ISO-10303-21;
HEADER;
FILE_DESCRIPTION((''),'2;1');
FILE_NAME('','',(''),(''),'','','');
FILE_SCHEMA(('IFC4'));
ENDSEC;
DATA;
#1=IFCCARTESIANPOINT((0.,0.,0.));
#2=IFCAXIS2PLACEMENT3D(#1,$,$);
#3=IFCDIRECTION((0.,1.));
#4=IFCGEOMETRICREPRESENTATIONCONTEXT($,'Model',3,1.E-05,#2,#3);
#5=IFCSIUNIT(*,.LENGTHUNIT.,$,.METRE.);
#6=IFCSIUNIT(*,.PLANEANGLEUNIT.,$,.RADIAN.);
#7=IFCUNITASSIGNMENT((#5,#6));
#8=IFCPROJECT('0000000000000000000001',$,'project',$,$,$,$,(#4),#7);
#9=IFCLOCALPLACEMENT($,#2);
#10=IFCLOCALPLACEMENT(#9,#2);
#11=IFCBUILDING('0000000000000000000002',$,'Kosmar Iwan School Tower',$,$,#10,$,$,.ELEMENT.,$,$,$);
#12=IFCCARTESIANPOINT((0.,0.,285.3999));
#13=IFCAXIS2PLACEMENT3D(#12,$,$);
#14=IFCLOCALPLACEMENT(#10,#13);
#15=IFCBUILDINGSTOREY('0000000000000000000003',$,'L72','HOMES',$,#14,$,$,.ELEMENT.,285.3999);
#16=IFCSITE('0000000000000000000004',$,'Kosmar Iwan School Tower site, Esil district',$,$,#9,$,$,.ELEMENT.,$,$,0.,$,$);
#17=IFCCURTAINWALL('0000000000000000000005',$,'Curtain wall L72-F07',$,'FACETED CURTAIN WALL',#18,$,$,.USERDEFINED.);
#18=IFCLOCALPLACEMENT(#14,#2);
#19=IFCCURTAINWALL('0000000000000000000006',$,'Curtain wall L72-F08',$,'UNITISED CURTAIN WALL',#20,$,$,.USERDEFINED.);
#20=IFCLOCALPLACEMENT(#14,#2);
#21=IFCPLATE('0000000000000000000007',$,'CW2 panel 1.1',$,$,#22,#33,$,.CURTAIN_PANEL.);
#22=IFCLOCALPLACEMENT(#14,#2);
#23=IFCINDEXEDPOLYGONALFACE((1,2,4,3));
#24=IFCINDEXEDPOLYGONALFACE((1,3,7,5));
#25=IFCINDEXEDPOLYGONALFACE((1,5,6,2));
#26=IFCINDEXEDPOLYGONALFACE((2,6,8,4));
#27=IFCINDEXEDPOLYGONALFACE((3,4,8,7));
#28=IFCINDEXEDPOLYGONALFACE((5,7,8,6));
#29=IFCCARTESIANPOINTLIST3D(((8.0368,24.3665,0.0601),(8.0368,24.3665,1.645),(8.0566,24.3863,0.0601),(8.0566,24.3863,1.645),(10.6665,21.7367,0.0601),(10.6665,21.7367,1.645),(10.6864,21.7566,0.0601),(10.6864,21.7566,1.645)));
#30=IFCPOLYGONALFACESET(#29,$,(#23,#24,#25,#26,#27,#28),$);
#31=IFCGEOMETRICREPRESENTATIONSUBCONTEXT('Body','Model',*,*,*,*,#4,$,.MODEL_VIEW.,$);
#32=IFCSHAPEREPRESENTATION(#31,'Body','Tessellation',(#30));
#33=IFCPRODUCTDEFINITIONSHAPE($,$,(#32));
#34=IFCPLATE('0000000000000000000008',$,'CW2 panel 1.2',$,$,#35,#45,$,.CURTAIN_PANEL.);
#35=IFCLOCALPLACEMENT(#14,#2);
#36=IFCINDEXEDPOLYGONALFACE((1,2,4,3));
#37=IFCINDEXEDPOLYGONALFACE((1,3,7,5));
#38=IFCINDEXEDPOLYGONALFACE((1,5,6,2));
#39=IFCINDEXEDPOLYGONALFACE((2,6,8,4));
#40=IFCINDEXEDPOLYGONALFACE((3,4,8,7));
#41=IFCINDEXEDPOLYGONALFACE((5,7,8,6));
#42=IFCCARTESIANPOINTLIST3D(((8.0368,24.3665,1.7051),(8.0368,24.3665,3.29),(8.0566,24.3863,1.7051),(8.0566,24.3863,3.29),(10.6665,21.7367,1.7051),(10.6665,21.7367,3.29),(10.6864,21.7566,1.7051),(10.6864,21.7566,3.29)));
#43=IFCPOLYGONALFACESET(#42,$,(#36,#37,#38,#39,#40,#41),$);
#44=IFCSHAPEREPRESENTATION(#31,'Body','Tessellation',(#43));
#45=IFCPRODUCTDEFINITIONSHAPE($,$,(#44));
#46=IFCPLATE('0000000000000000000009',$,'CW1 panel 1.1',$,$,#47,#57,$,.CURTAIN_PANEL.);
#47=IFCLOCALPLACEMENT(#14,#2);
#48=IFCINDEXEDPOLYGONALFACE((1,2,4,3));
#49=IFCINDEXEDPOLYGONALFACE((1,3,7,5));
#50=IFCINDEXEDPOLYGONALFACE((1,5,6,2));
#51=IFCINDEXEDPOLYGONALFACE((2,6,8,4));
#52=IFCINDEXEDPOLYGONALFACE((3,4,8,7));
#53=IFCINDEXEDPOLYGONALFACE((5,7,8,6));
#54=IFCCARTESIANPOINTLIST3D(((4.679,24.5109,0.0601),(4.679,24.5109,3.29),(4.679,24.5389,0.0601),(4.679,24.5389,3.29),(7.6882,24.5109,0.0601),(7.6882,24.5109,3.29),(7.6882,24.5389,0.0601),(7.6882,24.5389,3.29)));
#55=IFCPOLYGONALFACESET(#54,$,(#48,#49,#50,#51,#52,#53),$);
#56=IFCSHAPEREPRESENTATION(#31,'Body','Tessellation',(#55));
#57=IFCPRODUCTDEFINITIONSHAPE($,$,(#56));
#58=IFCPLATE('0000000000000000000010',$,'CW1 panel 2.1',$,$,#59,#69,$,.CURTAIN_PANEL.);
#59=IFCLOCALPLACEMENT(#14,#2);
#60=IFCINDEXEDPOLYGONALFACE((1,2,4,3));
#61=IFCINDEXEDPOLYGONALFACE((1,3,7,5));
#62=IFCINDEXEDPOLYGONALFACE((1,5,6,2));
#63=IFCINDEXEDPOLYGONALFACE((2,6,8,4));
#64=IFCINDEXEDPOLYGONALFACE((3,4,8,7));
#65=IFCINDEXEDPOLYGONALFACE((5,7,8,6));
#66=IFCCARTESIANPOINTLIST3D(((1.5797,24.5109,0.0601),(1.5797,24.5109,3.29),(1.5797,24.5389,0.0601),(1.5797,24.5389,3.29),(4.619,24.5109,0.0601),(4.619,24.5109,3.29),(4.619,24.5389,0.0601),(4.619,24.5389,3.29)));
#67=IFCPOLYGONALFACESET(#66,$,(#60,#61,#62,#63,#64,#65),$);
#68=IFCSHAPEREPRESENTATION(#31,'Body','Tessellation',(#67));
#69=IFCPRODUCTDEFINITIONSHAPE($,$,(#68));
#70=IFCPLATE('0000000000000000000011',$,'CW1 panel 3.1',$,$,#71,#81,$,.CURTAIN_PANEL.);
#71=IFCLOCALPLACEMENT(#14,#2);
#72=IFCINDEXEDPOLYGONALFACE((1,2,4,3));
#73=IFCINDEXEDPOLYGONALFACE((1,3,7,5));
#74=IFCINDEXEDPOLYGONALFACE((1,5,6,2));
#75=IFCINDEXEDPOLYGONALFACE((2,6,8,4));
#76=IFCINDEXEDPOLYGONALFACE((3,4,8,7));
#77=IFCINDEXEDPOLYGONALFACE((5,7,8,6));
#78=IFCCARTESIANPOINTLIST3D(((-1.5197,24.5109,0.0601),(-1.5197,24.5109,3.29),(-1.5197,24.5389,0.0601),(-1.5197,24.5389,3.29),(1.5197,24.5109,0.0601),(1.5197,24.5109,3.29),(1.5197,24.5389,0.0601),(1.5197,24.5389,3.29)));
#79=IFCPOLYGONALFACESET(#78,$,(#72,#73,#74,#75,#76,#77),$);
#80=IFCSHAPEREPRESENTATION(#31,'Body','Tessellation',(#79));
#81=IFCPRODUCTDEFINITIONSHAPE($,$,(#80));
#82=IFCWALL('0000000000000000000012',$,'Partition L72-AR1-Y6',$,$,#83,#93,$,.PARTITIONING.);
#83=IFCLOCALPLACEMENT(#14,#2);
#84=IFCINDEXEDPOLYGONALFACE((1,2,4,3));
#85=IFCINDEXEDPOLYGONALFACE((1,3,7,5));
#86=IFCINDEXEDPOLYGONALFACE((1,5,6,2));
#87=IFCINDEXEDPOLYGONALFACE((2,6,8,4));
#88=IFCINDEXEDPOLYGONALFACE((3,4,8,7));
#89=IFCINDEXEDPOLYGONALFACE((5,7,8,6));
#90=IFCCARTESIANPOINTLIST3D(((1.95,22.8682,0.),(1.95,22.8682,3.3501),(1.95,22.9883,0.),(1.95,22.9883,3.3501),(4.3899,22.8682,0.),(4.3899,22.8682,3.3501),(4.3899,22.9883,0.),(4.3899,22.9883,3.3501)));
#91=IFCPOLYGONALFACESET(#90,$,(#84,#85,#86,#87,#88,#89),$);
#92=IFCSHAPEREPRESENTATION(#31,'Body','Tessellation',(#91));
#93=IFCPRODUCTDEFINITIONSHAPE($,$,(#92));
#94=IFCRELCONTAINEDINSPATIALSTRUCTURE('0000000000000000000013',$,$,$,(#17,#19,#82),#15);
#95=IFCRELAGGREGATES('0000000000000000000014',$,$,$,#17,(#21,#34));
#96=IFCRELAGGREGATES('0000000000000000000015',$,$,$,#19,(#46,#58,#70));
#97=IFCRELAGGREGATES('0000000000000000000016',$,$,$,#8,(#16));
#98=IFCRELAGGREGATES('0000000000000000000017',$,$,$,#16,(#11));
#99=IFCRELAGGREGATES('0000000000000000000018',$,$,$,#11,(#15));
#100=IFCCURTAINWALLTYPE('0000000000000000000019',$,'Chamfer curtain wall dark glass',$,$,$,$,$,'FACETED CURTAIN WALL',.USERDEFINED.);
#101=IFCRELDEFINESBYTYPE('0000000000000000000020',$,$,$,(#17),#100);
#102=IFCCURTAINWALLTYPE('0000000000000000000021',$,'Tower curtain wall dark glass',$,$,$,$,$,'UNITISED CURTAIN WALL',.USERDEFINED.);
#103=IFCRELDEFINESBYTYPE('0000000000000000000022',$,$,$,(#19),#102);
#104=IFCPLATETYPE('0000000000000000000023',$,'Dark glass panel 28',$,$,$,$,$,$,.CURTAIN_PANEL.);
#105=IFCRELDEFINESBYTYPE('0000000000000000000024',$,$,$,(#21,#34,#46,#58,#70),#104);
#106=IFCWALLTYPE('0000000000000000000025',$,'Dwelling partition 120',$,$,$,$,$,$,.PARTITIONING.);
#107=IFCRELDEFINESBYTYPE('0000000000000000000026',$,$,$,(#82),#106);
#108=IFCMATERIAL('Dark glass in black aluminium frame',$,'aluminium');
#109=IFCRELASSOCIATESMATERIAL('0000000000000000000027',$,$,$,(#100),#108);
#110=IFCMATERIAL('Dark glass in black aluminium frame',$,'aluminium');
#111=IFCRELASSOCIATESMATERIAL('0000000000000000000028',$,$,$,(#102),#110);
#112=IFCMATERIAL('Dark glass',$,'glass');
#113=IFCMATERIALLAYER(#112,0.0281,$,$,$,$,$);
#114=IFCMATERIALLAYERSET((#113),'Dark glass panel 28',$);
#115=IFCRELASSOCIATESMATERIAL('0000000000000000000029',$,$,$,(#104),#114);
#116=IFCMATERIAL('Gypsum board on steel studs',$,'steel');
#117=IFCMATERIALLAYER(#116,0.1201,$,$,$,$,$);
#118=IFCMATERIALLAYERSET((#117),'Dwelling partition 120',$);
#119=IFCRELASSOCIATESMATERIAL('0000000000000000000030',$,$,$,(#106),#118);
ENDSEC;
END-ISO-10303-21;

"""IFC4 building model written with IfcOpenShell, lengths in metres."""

from ifc_helpers import new_model, si_unit, direction, frame, frame_2d, origin, origin_2d, place, context, subcontext, project, spatial, rectangle, extrude, material, layer, layer_set, type_object, element, aggregate, save


model = new_model("IFC4")

# Units and contexts
model_context = context("Model", 3, precision=1e-05, world=origin(), true_north=direction((0.0, 1.0)))
body_context = subcontext(model_context, "Body", "Model", "MODEL_VIEW")
ifc_project = project(units=[si_unit("LENGTHUNIT", "METRE"), si_unit("PLANEANGLEUNIT", "RADIAN")], contexts=[model_context])

# Site, building, storey
site_placement = place(None, origin())
site = spatial("IfcSite", under=ifc_project, at=site_placement, Name="Kosmar Iwan School Tower site, Esil district", CompositionType="ELEMENT", RefElevation=0.0)
building_placement = place(site_placement, origin())
building = spatial("IfcBuilding", under=site, at=building_placement, Name="Kosmar Iwan School Tower", CompositionType="ELEMENT")
storey_placement = place(building_placement, frame((0.0, 0.0, 285.3999)))
storey = spatial("IfcBuildingStorey", under=building, at=storey_placement, Name="L72", Description="HOMES", CompositionType="ELEMENT", Elevation=285.3999)

# Curtain wall
ifc_material_1 = material(Name="Dark glass in black aluminium frame", Category="aluminium")
curtain_wall_type_1 = type_object("IfcCurtainWallType", Name="Chamfer curtain wall dark glass", ElementType="FACETED CURTAIN WALL", PredefinedType="USERDEFINED", material=ifc_material_1)
curtain_wall_1_placement = place(storey_placement, origin())
curtain_wall_1 = element("IfcCurtainWall", 1, at=curtain_wall_1_placement, inside=storey, type_object=curtain_wall_type_1, Name="Curtain wall L72-F07", ObjectType="FACETED CURTAIN WALL", PredefinedType="USERDEFINED")

# Curtain wall
ifc_material_2 = material(Name="Dark glass in black aluminium frame", Category="aluminium")
curtain_wall_type_2 = type_object("IfcCurtainWallType", Name="Tower curtain wall dark glass", ElementType="UNITISED CURTAIN WALL", PredefinedType="USERDEFINED", material=ifc_material_2)
curtain_wall_2_placement = place(storey_placement, origin())
curtain_wall_2 = element("IfcCurtainWall", 2, at=curtain_wall_2_placement, inside=storey, type_object=curtain_wall_type_2, Name="Curtain wall L72-F08", ObjectType="UNITISED CURTAIN WALL", PredefinedType="USERDEFINED")

# Plates
ifc_material_3 = material(Name="Dark glass", Category="glass")
ifc_layer_1 = layer(ifc_material_3, 0.0281)
ifc_layer_set_1 = layer_set([ifc_layer_1], Name="Dark glass panel 28")
plate_type = type_object("IfcPlateType", Name="Dark glass panel 28", PredefinedType="CURTAIN_PANEL", material=ifc_layer_set_1)
plate_1_placement = place(storey_placement, frame((9.3616, 23.0615, 0.0601), z_axis=(0.0, 0.0, 1.0), x_axis=(-0.707107, 0.707107, 0.0)))
plate_1 = element("IfcPlate", 3, at=plate_1_placement, type_object=plate_type, Name="CW2 panel 1.1", PredefinedType="CURTAIN_PANEL", context=body_context, shape_type="SweptSolid", body=[
    extrude(rectangle(XDim=3.719, YDim=0.0281, at=origin_2d()), origin(), (0.0, 0.0, 1.0), 1.585),
])
plate_2_placement = place(storey_placement, frame((9.3616, 23.0615, 1.7051), z_axis=(0.0, 0.0, 1.0), x_axis=(-0.707107, 0.707107, 0.0)))
plate_2 = element("IfcPlate", 4, at=plate_2_placement, type_object=plate_type, Name="CW2 panel 1.2", PredefinedType="CURTAIN_PANEL", context=body_context, shape_type="SweptSolid", body=[
    extrude(rectangle(XDim=3.719, YDim=0.0281, at=origin_2d()), origin(), (0.0, 0.0, 1.0), 1.585),
])
aggregate(curtain_wall_1, [plate_1, plate_2])
plate_3_placement = place(storey_placement, frame((6.1836, 24.5249, 0.0601), z_axis=(0.0, 0.0, 1.0), x_axis=(-1.0, 0.0, 0.0)))
plate_3 = element("IfcPlate", 5, at=plate_3_placement, type_object=plate_type, Name="CW1 panel 1.1", PredefinedType="CURTAIN_PANEL", context=body_context, shape_type="SweptSolid", body=[
    extrude(rectangle(XDim=3.0093, YDim=0.0281, at=origin_2d()), origin(), (0.0, 0.0, 1.0), 3.23),
])
plate_4_placement = place(storey_placement, frame((3.0994, 24.5249, 0.0601), z_axis=(0.0, 0.0, 1.0), x_axis=(-1.0, 0.0, 0.0)))
plate_4 = element("IfcPlate", 6, at=plate_4_placement, type_object=plate_type, Name="CW1 panel 2.1", PredefinedType="CURTAIN_PANEL", context=body_context, shape_type="SweptSolid", body=[
    extrude(rectangle(XDim=3.0393, YDim=0.0281, at=origin_2d()), origin(), (0.0, 0.0, 1.0), 3.23),
])
plate_5_placement = place(storey_placement, frame((0.0, 24.5249, 0.0601), z_axis=(0.0, 0.0, 1.0), x_axis=(-1.0, 0.0, 0.0)))
plate_5 = element("IfcPlate", 7, at=plate_5_placement, type_object=plate_type, Name="CW1 panel 3.1", PredefinedType="CURTAIN_PANEL", context=body_context, shape_type="SweptSolid", body=[
    extrude(rectangle(XDim=3.0393, YDim=0.0281, at=origin_2d()), origin(), (0.0, 0.0, 1.0), 3.23),
])
aggregate(curtain_wall_2, [plate_3, plate_4, plate_5])

# Wall
ifc_material_4 = material(Name="Gypsum board on steel studs", Category="steel")
ifc_layer_2 = layer(ifc_material_4, 0.1201)
ifc_layer_set_2 = layer_set([ifc_layer_2], Name="Dwelling partition 120")
wall_type = type_object("IfcWallType", Name="Dwelling partition 120", PredefinedType="PARTITIONING", material=ifc_layer_set_2)
wall_placement = place(storey_placement, frame((1.95, 22.9282, 0.0), z_axis=(0.0, 0.0, 1.0), x_axis=(1.0, 0.0, 0.0)))
element("IfcWall", 8, at=wall_placement, inside=storey, type_object=wall_type, Name="Partition L72-AR1-Y6", PredefinedType="PARTITIONING", context=body_context, shape_type="SweptSolid", body=[
    extrude(rectangle(XDim=2.4399, YDim=0.1201, at=frame_2d((1.22, 0.0))), origin(), (0.0, 0.0, 1.0), 3.3501),
])

save(model, "model.ifc")
